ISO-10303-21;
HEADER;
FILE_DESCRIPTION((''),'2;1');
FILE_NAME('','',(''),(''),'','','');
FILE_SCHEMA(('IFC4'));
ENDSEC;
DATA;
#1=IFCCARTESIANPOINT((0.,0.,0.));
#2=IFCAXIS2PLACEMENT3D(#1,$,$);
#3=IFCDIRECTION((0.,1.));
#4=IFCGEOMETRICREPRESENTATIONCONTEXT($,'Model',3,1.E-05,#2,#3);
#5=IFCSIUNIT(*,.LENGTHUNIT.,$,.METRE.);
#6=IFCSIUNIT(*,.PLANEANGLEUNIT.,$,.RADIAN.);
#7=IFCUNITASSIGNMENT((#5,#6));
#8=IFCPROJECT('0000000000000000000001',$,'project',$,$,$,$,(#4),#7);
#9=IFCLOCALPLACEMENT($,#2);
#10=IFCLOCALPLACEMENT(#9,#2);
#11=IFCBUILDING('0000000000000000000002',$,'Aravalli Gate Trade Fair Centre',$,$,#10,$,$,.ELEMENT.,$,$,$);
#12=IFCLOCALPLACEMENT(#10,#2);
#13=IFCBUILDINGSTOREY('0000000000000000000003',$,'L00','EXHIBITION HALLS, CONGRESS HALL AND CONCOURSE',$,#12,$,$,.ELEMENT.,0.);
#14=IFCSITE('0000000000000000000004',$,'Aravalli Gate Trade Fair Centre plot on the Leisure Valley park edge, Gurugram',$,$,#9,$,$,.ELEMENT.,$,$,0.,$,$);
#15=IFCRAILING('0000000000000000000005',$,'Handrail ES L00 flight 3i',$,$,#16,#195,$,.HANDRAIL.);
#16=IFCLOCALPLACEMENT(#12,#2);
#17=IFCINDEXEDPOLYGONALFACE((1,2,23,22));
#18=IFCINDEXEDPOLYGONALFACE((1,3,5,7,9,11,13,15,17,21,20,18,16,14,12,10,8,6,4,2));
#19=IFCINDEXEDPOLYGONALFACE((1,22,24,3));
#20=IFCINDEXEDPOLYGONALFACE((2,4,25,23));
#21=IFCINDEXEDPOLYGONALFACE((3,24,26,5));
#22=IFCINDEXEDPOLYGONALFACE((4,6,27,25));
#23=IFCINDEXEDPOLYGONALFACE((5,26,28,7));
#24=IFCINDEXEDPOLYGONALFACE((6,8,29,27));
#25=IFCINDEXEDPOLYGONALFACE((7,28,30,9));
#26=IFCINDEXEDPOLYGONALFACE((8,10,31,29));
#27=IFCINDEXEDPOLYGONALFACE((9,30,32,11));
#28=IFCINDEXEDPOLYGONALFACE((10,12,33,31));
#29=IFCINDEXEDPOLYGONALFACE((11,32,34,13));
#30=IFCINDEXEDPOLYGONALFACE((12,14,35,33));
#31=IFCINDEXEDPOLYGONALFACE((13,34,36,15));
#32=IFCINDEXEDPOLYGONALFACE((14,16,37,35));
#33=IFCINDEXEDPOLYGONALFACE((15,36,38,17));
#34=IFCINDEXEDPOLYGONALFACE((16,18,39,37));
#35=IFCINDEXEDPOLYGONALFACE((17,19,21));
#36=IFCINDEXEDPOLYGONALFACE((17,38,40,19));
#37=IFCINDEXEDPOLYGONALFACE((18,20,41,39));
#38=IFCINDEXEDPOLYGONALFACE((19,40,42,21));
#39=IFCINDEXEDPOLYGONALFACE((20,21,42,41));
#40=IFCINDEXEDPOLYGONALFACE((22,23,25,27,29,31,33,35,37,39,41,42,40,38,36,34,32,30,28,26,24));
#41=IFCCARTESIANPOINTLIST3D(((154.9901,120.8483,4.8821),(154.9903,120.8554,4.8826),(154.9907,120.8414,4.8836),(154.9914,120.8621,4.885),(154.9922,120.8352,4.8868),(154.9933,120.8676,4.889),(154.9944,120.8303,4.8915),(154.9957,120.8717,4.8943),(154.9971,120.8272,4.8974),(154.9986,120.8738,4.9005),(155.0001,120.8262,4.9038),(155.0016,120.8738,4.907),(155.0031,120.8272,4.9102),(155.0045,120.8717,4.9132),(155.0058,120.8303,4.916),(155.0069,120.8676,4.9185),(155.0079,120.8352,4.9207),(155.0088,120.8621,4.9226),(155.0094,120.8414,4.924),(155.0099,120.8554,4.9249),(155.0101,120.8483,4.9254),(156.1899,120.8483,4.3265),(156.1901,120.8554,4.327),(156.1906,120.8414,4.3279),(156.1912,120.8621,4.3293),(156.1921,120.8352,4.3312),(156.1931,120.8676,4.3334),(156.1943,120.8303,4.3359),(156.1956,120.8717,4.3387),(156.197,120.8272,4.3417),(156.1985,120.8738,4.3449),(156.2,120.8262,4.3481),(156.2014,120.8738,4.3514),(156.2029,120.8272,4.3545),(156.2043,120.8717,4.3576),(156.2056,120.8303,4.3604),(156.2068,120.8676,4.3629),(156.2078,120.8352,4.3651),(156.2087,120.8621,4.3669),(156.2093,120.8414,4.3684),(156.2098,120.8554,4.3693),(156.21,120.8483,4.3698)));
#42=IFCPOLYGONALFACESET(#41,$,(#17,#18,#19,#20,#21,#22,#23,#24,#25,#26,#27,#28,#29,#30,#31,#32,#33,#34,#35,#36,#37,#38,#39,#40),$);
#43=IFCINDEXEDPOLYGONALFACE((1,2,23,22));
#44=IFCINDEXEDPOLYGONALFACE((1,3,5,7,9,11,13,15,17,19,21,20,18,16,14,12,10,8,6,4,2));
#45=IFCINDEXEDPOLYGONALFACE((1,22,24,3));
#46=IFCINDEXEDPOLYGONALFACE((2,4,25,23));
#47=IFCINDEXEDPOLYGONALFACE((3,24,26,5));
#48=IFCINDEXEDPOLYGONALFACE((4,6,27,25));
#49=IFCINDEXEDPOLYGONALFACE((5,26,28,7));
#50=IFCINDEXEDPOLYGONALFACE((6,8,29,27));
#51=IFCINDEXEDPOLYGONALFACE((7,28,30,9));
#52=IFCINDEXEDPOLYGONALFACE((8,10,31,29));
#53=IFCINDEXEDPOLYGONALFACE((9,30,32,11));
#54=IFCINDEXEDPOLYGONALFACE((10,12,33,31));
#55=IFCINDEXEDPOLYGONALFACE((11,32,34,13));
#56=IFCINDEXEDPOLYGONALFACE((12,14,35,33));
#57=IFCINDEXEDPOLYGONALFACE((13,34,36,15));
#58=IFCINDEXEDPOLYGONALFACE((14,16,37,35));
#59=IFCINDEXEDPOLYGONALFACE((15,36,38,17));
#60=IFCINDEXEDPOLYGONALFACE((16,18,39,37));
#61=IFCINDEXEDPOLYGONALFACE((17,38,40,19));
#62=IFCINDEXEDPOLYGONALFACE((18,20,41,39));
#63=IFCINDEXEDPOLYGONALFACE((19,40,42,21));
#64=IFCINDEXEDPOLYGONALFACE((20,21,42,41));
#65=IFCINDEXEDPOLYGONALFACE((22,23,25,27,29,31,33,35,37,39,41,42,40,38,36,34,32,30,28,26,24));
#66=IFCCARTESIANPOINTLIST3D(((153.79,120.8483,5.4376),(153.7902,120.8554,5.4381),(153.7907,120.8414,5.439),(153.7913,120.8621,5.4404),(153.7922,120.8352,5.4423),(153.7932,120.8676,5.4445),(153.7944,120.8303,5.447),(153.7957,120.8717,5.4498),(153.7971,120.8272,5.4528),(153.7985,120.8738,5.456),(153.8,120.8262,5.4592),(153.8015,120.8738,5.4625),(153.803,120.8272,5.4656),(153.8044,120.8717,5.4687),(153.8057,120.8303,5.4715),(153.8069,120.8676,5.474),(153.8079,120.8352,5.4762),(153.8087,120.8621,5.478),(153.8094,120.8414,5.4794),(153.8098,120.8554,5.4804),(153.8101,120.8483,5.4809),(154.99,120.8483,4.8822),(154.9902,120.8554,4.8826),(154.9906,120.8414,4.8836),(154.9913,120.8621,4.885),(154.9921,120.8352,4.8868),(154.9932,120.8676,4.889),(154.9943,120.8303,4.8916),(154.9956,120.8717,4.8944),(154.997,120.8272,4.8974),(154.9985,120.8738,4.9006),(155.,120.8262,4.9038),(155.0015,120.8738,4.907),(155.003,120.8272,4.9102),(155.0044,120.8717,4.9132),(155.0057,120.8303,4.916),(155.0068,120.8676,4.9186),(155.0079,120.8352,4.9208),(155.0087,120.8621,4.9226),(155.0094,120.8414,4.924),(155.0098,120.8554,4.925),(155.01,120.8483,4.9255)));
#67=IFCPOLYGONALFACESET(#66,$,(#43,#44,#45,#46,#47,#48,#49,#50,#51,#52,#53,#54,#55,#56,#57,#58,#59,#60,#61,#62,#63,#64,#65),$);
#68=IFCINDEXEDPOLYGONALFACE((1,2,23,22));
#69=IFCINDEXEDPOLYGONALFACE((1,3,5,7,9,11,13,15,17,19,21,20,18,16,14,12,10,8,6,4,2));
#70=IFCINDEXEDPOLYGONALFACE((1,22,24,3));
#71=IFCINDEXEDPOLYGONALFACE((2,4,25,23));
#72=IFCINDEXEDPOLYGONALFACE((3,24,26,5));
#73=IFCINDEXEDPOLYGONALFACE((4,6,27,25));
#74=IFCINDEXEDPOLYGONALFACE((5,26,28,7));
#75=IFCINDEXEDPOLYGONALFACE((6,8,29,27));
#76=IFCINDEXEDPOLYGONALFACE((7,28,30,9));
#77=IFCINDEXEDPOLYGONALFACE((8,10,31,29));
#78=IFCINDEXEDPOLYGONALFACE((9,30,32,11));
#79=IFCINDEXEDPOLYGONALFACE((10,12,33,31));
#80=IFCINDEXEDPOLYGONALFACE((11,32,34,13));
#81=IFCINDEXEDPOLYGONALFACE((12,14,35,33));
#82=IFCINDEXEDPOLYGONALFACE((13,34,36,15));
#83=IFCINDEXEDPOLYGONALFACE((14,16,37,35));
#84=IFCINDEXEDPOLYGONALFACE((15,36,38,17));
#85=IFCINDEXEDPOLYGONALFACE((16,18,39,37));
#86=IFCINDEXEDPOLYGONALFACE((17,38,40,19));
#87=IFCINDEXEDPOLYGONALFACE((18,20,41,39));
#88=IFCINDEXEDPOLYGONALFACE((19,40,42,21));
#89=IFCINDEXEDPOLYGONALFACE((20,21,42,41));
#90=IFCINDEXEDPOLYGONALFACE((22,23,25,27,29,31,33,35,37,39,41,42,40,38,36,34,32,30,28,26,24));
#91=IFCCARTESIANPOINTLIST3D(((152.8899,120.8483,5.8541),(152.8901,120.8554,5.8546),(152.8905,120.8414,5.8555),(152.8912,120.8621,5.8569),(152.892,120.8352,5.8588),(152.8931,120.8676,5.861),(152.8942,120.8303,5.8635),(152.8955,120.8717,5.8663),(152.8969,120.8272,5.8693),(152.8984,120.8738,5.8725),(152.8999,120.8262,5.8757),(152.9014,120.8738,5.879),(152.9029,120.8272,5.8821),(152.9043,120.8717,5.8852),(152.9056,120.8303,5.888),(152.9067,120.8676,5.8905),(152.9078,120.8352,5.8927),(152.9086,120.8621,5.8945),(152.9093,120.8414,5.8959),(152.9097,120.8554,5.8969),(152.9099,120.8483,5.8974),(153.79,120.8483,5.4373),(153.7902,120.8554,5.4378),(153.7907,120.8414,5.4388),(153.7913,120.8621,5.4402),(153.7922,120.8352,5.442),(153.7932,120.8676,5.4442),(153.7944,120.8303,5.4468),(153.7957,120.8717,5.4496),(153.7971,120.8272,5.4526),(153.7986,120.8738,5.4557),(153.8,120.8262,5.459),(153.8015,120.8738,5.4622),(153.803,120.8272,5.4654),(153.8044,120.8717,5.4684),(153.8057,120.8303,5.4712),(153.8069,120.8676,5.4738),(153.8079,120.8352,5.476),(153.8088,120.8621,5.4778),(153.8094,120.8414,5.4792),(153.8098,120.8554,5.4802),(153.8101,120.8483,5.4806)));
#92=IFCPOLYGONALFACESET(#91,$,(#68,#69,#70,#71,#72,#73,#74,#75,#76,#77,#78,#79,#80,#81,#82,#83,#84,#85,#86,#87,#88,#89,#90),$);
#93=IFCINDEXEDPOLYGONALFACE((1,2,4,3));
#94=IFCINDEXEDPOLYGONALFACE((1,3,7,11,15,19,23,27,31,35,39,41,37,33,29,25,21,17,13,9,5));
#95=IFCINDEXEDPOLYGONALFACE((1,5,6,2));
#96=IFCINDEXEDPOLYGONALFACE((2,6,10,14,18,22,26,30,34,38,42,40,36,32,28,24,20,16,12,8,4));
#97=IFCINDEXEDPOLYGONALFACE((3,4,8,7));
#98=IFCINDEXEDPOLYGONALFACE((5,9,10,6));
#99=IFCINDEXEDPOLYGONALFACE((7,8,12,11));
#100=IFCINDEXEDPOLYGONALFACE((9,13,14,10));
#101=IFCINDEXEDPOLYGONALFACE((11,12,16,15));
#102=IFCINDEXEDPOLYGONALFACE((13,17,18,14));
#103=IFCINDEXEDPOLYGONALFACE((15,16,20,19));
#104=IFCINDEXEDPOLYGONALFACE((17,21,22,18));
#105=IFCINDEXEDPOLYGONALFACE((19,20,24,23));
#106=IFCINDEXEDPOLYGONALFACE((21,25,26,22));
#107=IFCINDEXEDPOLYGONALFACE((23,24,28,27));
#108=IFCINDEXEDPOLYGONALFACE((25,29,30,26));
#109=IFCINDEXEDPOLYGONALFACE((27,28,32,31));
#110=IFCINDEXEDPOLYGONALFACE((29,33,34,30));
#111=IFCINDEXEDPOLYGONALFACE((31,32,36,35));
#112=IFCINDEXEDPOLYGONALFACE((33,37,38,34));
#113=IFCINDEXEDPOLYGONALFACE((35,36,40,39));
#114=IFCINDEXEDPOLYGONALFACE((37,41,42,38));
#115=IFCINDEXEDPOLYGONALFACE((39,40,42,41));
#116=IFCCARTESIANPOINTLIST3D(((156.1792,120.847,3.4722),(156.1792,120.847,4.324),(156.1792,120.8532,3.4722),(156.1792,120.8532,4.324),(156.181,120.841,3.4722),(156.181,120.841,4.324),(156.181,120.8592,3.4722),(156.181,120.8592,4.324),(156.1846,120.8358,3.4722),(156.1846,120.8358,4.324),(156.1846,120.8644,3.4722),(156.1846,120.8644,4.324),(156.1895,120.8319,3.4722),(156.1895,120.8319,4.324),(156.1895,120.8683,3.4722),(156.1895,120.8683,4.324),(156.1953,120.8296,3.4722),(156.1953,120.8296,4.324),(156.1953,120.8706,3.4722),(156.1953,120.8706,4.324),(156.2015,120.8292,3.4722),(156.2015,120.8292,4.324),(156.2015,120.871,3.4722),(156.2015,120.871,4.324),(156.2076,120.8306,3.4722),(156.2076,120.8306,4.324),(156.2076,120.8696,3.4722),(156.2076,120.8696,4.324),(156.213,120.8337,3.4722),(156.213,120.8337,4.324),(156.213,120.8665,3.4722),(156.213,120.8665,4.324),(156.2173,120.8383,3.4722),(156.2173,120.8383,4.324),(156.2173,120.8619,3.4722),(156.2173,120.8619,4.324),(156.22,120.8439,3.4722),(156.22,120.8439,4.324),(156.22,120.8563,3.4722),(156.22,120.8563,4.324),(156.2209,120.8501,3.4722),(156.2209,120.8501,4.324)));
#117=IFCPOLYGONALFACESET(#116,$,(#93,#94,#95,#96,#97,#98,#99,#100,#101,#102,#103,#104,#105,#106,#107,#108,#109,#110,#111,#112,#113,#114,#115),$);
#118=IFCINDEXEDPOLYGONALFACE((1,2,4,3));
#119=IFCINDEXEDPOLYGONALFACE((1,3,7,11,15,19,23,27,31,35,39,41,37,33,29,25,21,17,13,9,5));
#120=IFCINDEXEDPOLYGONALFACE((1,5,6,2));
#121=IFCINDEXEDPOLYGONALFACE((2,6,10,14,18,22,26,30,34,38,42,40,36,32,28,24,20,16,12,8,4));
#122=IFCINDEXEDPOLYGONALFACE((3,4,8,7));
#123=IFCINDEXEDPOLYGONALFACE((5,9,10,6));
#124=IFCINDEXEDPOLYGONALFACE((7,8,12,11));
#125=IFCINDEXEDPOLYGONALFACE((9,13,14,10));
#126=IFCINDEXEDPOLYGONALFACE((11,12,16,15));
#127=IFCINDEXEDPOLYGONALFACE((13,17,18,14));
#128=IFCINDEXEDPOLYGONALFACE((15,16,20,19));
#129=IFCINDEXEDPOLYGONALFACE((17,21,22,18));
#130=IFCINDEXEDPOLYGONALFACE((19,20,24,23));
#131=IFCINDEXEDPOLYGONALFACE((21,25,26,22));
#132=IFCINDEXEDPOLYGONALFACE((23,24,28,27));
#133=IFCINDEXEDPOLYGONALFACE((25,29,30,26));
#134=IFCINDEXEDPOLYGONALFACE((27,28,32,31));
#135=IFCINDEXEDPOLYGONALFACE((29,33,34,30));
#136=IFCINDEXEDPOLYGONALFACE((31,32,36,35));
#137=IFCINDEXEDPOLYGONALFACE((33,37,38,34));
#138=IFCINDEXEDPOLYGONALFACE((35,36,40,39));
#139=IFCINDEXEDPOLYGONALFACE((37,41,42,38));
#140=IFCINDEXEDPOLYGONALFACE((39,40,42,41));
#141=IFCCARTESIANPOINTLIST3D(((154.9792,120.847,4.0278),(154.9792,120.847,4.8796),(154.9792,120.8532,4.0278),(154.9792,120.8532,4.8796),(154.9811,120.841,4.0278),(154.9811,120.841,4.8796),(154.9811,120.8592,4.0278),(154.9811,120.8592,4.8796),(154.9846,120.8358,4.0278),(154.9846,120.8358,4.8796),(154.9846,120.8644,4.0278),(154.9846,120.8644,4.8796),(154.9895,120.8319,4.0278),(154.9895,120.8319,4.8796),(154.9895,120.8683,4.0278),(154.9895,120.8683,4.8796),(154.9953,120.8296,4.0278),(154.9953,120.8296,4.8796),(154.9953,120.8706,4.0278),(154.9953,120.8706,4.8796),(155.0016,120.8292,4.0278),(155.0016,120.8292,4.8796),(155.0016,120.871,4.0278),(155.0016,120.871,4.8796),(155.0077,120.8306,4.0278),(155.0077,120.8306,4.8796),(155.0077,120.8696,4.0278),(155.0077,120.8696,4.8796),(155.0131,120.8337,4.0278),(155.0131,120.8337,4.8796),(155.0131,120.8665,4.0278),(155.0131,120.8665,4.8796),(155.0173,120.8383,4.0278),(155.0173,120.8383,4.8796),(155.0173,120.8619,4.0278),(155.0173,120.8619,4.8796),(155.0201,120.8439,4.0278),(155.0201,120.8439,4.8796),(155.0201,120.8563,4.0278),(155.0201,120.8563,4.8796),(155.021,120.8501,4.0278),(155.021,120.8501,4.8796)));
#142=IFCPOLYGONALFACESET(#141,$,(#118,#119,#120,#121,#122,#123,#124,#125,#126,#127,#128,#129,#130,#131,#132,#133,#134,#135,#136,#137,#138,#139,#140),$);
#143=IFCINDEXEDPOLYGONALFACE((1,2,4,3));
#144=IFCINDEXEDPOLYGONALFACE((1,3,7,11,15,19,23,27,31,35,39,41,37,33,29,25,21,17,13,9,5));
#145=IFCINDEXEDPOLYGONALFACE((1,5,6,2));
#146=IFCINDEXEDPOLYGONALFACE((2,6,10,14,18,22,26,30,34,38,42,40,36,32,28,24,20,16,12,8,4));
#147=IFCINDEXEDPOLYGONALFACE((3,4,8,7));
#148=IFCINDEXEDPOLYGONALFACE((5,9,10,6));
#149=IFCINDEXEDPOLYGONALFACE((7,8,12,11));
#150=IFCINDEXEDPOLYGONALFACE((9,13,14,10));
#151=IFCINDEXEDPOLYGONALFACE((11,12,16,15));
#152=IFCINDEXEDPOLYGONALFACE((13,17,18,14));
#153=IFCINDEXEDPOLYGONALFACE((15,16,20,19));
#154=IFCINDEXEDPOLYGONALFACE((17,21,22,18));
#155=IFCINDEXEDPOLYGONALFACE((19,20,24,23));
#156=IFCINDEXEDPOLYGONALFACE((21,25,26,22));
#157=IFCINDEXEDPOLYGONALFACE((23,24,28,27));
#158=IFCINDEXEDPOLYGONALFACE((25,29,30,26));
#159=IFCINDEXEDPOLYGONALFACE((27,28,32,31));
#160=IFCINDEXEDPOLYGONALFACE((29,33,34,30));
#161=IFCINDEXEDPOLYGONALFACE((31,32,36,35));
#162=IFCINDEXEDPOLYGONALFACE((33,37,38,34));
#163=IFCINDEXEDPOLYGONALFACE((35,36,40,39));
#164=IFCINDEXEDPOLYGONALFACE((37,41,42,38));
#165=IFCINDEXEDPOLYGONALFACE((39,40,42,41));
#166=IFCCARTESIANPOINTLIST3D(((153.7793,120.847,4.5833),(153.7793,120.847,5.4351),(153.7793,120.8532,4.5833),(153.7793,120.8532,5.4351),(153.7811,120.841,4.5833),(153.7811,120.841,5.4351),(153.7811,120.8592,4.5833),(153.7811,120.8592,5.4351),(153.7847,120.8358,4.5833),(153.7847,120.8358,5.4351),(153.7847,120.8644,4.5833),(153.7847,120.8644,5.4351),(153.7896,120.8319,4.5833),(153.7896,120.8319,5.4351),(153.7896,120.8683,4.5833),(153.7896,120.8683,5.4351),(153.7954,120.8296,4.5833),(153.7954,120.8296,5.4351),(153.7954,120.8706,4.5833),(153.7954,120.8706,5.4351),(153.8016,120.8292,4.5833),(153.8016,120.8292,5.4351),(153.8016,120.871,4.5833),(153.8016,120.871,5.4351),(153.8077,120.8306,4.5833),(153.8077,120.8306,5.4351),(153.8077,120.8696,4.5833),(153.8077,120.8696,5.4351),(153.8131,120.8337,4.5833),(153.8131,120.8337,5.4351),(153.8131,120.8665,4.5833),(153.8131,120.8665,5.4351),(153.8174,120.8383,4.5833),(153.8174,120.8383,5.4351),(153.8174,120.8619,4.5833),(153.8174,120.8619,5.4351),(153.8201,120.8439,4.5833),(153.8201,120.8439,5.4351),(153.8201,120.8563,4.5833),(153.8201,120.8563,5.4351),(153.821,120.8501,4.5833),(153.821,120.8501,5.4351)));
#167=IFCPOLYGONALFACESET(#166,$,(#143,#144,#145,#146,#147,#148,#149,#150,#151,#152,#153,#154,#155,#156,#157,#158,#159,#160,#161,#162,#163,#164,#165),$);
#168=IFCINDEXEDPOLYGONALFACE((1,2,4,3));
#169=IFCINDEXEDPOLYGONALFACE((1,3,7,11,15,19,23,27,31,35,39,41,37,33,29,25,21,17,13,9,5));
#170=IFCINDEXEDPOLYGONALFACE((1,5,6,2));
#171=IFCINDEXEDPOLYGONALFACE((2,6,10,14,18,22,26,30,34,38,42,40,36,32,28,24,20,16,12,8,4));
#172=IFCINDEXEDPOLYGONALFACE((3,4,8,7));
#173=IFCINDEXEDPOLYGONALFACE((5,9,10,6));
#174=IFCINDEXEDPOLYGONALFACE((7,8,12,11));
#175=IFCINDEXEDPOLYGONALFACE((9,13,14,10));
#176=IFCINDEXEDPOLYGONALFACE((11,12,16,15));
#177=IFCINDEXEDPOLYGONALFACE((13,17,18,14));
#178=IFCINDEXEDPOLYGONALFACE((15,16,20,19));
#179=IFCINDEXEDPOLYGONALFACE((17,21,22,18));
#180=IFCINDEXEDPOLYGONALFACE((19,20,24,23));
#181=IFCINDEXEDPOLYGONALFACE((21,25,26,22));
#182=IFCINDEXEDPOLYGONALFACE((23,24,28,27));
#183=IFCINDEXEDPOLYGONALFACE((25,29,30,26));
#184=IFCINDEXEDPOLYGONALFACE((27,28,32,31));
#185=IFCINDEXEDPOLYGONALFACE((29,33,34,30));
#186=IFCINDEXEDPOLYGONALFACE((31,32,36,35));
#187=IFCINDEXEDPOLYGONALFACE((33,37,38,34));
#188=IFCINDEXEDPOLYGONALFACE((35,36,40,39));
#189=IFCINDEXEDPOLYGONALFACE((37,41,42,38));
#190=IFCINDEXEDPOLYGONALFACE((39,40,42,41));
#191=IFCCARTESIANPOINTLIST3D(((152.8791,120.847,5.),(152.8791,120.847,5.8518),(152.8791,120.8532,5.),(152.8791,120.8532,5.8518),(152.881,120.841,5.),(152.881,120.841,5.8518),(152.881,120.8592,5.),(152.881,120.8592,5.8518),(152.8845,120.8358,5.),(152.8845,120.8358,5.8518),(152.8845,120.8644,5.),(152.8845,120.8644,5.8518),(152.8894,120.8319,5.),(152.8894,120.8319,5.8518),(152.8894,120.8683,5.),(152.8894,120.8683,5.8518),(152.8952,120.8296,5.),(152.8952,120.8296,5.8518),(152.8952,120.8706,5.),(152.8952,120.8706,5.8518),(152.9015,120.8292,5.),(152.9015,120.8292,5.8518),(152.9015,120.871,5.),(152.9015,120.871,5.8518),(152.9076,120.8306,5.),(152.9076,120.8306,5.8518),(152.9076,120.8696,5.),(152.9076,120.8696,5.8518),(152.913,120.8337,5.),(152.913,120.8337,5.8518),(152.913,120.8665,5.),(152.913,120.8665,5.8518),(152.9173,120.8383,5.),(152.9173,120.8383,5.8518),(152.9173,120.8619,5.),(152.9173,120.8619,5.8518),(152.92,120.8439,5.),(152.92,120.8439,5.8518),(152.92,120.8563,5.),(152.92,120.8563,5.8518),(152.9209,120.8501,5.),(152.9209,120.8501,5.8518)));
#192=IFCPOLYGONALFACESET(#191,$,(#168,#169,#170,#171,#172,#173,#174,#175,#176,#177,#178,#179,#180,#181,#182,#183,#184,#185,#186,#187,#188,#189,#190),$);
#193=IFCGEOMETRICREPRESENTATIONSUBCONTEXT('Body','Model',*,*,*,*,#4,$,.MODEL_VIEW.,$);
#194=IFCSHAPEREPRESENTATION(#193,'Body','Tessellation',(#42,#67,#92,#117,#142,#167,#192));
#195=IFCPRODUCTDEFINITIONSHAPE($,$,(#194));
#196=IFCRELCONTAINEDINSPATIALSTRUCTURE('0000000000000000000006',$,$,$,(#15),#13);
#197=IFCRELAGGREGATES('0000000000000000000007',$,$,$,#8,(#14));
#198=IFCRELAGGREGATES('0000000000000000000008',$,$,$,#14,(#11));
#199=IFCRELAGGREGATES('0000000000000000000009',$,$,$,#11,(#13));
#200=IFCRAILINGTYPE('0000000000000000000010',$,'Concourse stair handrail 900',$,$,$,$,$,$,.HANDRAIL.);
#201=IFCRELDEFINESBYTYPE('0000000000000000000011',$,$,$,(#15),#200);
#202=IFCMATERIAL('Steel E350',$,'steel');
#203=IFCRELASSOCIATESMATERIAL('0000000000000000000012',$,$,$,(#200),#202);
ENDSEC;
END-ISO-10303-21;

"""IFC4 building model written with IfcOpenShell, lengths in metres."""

from ifc_helpers import new_model, si_unit, direction, frame, origin, origin_2d, place, context, subcontext, project, spatial, circle, extrude, material, type_object, element, save


model = new_model("IFC4")

# Units and contexts
model_context = context("Model", 3, precision=1e-05, world=origin(), true_north=direction((0.0, 1.0)))
body_context = subcontext(model_context, "Body", "Model", "MODEL_VIEW")
ifc_project = project(units=[si_unit("LENGTHUNIT", "METRE"), si_unit("PLANEANGLEUNIT", "RADIAN")], contexts=[model_context])

# Site, building, storey
site_placement = place(None, origin())
site = spatial("IfcSite", under=ifc_project, at=site_placement, Name="Aravalli Gate Trade Fair Centre plot on the Leisure Valley park edge, Gurugram", CompositionType="ELEMENT", RefElevation=0.0)
building_placement = place(site_placement, origin())
building = spatial("IfcBuilding", under=site, at=building_placement, Name="Aravalli Gate Trade Fair Centre", CompositionType="ELEMENT")
storey_placement = place(building_placement, origin())
storey = spatial("IfcBuildingStorey", under=building, at=storey_placement, Name="L00", Description="EXHIBITION HALLS, CONGRESS HALL AND CONCOURSE", CompositionType="ELEMENT", Elevation=0.0)

# Shared definitions
ifc_material_1 = material(Name="Steel E350", Category="steel")

# Railing
railing_type = type_object("IfcRailingType", Name="Concourse stair handrail 900", PredefinedType="HANDRAIL", material=ifc_material_1)
railing_1_placement = place(storey_placement, frame((156.2, 120.8501, 3.4722)))
element("IfcRailing", 1, at=railing_1_placement, inside=storey, type_object=railing_type, Name="Handrail ES L00 flight 3i", PredefinedType="HANDRAIL", context=body_context, shape_type="SweptSolid", body=[
    extrude(circle(Radius=0.0239, at=origin_2d()), frame((0.0, 0.0, 0.876), z_axis=(-0.907429, 0.0, 0.420205), x_axis=(0.0, -1.0, 0.0)), (0.0, 0.0, 1.0), 1.3223),
    extrude(circle(Radius=0.0239, at=origin_2d()), frame((-1.2, 0.0, 1.4316), z_axis=(-0.907499, 0.0, 0.420053), x_axis=(0.0, -1.0, 0.0)), (0.0, 0.0, 1.0), 1.3223),
    extrude(circle(Radius=0.0239, at=origin_2d()), frame((-2.3999, 0.0, 1.9868), z_axis=(-0.907462, 0.0, 0.420135), x_axis=(0.0, -1.0, 0.0)), (0.0, 0.0, 1.0), 0.9919),
    extrude(circle(Radius=0.021, at=origin_2d()), origin(), (0.0, 0.0, 1.0), 0.8518),
    extrude(circle(Radius=0.021, at=origin_2d()), frame((-1.2, 0.0, 0.5557)), (0.0, 0.0, 1.0), 0.8518),
    extrude(circle(Radius=0.021, at=origin_2d()), frame((-2.3999, 0.0, 1.1111)), (0.0, 0.0, 1.0), 0.8518),
    extrude(circle(Radius=0.021, at=origin_2d()), frame((-3.3, 0.0, 1.5278)), (0.0, 0.0, 1.0), 0.8518),
])

save(model, "model.ifc")
